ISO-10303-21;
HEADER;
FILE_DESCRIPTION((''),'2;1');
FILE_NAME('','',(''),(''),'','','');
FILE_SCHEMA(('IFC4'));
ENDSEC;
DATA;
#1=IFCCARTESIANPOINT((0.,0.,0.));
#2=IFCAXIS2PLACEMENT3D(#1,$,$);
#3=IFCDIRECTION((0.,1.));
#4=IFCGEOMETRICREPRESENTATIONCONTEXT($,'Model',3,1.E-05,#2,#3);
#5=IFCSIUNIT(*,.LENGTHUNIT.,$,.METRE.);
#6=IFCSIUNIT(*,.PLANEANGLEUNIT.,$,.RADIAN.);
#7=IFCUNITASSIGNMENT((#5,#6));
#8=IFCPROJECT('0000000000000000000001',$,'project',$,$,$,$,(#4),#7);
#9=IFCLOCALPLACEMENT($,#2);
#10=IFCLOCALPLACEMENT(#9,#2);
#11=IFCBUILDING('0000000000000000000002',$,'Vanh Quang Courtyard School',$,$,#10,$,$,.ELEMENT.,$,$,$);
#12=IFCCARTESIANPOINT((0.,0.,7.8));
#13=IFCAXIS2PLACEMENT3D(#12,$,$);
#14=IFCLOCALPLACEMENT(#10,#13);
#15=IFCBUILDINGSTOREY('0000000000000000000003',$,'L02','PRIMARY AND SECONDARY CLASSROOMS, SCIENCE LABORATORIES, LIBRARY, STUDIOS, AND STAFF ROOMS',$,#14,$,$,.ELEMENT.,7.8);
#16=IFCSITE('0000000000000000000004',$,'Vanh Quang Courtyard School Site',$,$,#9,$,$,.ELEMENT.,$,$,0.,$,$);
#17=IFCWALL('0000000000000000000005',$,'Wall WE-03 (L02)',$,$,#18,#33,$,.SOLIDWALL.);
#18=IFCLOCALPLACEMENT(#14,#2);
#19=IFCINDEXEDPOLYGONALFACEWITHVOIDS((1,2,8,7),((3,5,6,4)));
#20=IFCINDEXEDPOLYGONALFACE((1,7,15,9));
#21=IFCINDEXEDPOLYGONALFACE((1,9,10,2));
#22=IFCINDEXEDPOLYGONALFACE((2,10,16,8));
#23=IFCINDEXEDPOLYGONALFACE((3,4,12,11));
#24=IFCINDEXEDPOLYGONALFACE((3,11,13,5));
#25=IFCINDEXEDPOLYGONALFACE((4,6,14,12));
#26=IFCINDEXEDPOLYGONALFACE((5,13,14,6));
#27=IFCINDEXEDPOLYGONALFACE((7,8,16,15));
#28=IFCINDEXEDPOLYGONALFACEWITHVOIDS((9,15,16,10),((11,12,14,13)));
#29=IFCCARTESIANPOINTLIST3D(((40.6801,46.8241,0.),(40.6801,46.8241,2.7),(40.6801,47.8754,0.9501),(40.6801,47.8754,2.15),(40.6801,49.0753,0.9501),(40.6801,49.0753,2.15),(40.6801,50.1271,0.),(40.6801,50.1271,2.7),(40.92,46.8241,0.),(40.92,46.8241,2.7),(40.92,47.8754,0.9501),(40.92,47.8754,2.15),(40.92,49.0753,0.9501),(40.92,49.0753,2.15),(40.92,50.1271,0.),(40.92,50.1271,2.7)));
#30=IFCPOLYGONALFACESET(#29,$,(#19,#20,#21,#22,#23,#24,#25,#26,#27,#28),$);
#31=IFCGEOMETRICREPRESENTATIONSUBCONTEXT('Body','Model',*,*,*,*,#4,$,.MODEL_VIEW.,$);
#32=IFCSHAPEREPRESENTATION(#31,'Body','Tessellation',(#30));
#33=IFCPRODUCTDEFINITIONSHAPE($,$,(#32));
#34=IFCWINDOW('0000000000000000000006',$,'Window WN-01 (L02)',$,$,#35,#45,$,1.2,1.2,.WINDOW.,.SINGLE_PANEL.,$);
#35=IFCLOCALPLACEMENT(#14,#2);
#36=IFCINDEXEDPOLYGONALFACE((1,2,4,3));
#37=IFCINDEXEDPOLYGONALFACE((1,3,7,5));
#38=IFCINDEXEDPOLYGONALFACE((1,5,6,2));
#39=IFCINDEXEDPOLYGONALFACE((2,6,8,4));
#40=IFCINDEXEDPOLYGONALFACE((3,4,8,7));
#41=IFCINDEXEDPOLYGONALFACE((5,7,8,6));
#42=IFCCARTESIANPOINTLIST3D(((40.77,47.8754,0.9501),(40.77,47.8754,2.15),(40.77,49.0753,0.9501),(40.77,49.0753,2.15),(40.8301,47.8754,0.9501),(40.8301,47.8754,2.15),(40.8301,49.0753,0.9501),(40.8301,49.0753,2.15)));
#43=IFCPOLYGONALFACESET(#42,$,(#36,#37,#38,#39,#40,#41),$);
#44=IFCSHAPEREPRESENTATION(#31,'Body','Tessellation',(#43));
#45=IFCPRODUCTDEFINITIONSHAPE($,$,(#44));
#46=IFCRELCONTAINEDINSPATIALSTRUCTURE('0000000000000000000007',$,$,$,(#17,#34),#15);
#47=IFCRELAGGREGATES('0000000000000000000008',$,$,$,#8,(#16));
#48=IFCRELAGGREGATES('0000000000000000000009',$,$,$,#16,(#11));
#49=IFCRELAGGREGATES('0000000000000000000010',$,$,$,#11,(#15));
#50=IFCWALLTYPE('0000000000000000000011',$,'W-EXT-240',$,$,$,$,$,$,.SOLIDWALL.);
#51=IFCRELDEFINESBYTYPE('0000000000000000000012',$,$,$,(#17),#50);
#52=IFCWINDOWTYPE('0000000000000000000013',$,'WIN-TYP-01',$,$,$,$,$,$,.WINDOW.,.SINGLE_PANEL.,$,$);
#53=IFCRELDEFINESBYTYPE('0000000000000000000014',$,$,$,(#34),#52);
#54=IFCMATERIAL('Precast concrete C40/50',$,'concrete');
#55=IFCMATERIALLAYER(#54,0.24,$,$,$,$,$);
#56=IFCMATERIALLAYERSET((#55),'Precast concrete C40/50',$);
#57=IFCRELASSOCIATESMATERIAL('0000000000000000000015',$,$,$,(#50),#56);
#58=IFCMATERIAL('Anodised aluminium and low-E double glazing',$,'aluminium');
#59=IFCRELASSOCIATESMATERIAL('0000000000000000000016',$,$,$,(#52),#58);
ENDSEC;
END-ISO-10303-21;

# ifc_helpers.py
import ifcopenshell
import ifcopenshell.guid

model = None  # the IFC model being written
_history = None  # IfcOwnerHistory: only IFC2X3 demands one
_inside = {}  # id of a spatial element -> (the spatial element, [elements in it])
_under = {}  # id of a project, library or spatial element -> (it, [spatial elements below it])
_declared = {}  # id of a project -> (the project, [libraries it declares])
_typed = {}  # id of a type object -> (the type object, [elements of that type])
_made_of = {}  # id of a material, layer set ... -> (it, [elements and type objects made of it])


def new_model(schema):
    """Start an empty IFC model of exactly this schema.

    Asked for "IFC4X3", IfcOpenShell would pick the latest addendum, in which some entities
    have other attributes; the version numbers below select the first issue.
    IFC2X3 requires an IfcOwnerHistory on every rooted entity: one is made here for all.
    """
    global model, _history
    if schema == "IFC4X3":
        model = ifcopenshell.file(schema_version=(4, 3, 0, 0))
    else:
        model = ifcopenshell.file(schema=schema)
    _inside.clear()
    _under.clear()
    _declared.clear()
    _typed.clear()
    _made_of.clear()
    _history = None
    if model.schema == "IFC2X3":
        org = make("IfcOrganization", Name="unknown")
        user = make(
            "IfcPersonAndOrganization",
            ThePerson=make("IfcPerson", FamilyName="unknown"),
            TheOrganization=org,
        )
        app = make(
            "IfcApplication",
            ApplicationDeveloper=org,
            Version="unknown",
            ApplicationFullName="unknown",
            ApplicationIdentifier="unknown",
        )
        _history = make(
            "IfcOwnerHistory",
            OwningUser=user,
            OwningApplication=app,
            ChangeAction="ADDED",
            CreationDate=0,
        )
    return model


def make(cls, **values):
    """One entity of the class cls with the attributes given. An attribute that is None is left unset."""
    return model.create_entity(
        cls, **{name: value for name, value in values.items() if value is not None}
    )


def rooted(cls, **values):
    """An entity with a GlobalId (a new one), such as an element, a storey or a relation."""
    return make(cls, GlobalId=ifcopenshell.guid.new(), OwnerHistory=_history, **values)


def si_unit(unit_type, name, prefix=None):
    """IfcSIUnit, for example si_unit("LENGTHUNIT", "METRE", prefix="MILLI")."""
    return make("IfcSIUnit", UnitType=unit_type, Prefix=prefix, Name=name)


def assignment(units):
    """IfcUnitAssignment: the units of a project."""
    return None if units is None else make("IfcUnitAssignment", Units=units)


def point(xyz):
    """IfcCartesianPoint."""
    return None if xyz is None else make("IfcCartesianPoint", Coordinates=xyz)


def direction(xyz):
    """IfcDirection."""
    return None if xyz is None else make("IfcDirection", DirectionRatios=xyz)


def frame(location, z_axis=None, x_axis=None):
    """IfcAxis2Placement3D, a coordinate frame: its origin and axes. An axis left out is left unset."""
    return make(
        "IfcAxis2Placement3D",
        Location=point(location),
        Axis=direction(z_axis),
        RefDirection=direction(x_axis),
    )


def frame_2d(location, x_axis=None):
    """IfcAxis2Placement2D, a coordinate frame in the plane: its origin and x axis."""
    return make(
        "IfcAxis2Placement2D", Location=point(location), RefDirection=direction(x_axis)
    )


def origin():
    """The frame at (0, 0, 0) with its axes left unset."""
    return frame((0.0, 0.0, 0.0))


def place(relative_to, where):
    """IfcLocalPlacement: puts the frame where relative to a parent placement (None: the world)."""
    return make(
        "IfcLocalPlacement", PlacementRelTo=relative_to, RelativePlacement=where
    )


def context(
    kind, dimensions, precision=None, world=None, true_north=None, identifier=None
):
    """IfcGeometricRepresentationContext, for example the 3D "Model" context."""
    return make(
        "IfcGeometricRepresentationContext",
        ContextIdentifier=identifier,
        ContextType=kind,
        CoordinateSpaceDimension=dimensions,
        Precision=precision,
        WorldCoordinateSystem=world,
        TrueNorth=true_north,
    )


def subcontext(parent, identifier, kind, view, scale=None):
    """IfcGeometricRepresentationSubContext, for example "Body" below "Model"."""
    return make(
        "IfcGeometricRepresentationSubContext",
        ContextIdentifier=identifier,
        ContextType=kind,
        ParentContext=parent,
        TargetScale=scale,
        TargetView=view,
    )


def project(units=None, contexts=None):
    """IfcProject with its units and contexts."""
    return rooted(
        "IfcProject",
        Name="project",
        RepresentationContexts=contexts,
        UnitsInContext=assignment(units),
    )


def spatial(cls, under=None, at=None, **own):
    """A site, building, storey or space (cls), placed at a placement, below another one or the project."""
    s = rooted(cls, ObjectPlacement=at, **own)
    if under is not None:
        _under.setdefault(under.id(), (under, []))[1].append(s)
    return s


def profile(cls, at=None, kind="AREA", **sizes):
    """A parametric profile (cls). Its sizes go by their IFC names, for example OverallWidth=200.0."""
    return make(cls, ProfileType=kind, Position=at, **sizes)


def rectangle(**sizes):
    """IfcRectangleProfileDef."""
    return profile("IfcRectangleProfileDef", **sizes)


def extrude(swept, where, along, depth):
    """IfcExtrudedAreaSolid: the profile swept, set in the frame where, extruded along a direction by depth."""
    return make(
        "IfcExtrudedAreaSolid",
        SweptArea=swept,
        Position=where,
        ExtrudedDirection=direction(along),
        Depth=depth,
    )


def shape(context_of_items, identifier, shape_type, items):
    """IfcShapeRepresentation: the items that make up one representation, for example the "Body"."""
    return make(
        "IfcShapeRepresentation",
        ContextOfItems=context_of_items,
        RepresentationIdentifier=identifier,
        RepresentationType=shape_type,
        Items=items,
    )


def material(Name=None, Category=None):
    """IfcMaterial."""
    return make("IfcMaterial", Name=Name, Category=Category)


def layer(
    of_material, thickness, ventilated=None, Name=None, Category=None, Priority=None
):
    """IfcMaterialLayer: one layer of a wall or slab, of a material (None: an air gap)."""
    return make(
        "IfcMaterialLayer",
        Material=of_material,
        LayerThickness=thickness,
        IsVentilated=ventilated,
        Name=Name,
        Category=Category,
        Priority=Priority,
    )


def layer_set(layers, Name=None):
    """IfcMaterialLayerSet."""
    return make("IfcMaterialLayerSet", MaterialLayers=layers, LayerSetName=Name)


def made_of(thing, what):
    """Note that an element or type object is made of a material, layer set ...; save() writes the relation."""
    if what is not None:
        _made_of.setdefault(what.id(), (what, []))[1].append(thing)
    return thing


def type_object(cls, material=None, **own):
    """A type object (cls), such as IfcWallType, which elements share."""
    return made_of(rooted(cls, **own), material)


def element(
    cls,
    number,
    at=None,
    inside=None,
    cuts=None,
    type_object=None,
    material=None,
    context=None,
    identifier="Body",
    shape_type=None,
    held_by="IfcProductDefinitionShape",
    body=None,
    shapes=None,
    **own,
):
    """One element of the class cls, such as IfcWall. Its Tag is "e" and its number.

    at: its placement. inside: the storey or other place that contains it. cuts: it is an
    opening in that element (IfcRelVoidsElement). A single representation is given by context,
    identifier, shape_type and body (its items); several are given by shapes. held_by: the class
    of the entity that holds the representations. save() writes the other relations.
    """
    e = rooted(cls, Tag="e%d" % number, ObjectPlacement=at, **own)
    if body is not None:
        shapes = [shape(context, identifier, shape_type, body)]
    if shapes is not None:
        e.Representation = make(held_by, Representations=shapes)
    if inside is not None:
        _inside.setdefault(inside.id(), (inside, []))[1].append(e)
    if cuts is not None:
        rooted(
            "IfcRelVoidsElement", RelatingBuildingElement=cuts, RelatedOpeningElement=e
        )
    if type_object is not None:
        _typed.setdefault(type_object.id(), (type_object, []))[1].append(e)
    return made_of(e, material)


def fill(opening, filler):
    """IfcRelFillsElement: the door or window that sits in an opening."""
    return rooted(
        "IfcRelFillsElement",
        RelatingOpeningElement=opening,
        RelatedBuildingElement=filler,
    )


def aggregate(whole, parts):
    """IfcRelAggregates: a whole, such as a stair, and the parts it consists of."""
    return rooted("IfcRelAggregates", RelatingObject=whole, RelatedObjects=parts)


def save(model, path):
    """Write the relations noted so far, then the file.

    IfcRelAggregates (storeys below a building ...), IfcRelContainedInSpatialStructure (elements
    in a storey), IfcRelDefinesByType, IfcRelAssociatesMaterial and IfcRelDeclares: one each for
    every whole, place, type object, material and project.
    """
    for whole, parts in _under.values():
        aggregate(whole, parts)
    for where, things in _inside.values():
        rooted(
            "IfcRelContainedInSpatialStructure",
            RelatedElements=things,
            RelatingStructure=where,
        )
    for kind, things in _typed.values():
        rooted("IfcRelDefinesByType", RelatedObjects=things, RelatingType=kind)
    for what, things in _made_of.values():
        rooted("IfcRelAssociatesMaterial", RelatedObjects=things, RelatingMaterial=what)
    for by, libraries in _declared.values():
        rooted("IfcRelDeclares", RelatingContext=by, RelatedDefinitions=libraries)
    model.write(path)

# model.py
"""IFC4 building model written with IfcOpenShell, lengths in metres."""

from ifc_helpers import new_model, si_unit, direction, frame, frame_2d, origin, place, context, subcontext, project, spatial, rectangle, extrude, material, layer, layer_set, type_object, element, fill, save


model = new_model("IFC4")

# Units and contexts
model_context = context("Model", 3, precision=1e-05, world=origin(), true_north=direction((0.0, 1.0)))
body_context = subcontext(model_context, "Body", "Model", "MODEL_VIEW")
ifc_project = project(units=[si_unit("LENGTHUNIT", "METRE"), si_unit("PLANEANGLEUNIT", "RADIAN")], contexts=[model_context])

# Site, building, storey
site_placement = place(None, origin())
site = spatial("IfcSite", under=ifc_project, at=site_placement, Name="Vanh Quang Courtyard School Site", CompositionType="ELEMENT", RefElevation=0.0)
building_placement = place(site_placement, origin())
building = spatial("IfcBuilding", under=site, at=building_placement, Name="Vanh Quang Courtyard School", CompositionType="ELEMENT")
storey_placement = place(building_placement, frame((0.0, 0.0, 7.8)))
storey = spatial("IfcBuildingStorey", under=building, at=storey_placement, Name="L02", Description="PRIMARY AND SECONDARY CLASSROOMS, SCIENCE LABORATORIES, LIBRARY, STUDIOS, AND STAFF ROOMS", CompositionType="ELEMENT", Elevation=7.8)

# Shared definitions
ifc_material_1 = material(Name="Precast concrete C40/50", Category="concrete")
ifc_layer_1 = layer(ifc_material_1, 0.24)
ifc_layer_set_1 = layer_set([ifc_layer_1], Name="Precast concrete C40/50")
wall_type = type_object("IfcWallType", Name="W-EXT-240", PredefinedType="SOLIDWALL", material=ifc_layer_set_1)

# Wall, opening, window
wall_1_placement = place(storey_placement, frame((40.8, 50.127, 0.0), z_axis=(0.0, 0.0, 1.0), x_axis=(0.0, -1.0, 0.0)))
wall_1 = element("IfcWall", 1, at=wall_1_placement, inside=storey, type_object=wall_type, Name="Wall WE-03 (L02)", PredefinedType="SOLIDWALL", context=body_context, shape_type="SweptSolid", body=[
    extrude(rectangle(XDim=3.303, YDim=0.24, at=frame_2d((1.6514, 0.0))), origin(), (0.0, 0.0, 1.0), 2.7),
])
opening_1_placement = place(wall_1_placement, frame((1.0515, 0.0, 0.95)))
opening_1 = element("IfcOpeningElement", 2, at=opening_1_placement, cuts=wall_1, PredefinedType="OPENING", context=body_context, shape_type="SweptSolid", body=[
    extrude(rectangle(XDim=1.2, YDim=1.2, at=frame_2d((0.6001, 0.6001))), frame((0.0, 0.1299, 0.0), z_axis=(0.0, -1.0, 0.0), x_axis=(1.0, 0.0, 0.0)), (0.0, 0.0, 1.0), 0.26),
])
ifc_material_2 = material(Name="Anodised aluminium and low-E double glazing", Category="aluminium")
window_type = type_object("IfcWindowType", Name="WIN-TYP-01", PartitioningType="SINGLE_PANEL", PredefinedType="WINDOW", material=ifc_material_2)
window_placement = place(opening_1_placement, origin())
window = element("IfcWindow", 3, at=window_placement, inside=storey, type_object=window_type, Name="Window WN-01 (L02)", OverallHeight=1.2, OverallWidth=1.2, PartitioningType="SINGLE_PANEL", PredefinedType="WINDOW", context=body_context, shape_type="SweptSolid", body=[
    extrude(rectangle(XDim=1.2, YDim=1.2, at=frame_2d((0.6001, 0.6001))), frame((0.0, 0.03, 0.0), z_axis=(0.0, -1.0, 0.0), x_axis=(1.0, 0.0, 0.0)), (0.0, 0.0, 1.0), 0.0601),
])
fill(opening_1, window)

save(model, "model.ifc")
